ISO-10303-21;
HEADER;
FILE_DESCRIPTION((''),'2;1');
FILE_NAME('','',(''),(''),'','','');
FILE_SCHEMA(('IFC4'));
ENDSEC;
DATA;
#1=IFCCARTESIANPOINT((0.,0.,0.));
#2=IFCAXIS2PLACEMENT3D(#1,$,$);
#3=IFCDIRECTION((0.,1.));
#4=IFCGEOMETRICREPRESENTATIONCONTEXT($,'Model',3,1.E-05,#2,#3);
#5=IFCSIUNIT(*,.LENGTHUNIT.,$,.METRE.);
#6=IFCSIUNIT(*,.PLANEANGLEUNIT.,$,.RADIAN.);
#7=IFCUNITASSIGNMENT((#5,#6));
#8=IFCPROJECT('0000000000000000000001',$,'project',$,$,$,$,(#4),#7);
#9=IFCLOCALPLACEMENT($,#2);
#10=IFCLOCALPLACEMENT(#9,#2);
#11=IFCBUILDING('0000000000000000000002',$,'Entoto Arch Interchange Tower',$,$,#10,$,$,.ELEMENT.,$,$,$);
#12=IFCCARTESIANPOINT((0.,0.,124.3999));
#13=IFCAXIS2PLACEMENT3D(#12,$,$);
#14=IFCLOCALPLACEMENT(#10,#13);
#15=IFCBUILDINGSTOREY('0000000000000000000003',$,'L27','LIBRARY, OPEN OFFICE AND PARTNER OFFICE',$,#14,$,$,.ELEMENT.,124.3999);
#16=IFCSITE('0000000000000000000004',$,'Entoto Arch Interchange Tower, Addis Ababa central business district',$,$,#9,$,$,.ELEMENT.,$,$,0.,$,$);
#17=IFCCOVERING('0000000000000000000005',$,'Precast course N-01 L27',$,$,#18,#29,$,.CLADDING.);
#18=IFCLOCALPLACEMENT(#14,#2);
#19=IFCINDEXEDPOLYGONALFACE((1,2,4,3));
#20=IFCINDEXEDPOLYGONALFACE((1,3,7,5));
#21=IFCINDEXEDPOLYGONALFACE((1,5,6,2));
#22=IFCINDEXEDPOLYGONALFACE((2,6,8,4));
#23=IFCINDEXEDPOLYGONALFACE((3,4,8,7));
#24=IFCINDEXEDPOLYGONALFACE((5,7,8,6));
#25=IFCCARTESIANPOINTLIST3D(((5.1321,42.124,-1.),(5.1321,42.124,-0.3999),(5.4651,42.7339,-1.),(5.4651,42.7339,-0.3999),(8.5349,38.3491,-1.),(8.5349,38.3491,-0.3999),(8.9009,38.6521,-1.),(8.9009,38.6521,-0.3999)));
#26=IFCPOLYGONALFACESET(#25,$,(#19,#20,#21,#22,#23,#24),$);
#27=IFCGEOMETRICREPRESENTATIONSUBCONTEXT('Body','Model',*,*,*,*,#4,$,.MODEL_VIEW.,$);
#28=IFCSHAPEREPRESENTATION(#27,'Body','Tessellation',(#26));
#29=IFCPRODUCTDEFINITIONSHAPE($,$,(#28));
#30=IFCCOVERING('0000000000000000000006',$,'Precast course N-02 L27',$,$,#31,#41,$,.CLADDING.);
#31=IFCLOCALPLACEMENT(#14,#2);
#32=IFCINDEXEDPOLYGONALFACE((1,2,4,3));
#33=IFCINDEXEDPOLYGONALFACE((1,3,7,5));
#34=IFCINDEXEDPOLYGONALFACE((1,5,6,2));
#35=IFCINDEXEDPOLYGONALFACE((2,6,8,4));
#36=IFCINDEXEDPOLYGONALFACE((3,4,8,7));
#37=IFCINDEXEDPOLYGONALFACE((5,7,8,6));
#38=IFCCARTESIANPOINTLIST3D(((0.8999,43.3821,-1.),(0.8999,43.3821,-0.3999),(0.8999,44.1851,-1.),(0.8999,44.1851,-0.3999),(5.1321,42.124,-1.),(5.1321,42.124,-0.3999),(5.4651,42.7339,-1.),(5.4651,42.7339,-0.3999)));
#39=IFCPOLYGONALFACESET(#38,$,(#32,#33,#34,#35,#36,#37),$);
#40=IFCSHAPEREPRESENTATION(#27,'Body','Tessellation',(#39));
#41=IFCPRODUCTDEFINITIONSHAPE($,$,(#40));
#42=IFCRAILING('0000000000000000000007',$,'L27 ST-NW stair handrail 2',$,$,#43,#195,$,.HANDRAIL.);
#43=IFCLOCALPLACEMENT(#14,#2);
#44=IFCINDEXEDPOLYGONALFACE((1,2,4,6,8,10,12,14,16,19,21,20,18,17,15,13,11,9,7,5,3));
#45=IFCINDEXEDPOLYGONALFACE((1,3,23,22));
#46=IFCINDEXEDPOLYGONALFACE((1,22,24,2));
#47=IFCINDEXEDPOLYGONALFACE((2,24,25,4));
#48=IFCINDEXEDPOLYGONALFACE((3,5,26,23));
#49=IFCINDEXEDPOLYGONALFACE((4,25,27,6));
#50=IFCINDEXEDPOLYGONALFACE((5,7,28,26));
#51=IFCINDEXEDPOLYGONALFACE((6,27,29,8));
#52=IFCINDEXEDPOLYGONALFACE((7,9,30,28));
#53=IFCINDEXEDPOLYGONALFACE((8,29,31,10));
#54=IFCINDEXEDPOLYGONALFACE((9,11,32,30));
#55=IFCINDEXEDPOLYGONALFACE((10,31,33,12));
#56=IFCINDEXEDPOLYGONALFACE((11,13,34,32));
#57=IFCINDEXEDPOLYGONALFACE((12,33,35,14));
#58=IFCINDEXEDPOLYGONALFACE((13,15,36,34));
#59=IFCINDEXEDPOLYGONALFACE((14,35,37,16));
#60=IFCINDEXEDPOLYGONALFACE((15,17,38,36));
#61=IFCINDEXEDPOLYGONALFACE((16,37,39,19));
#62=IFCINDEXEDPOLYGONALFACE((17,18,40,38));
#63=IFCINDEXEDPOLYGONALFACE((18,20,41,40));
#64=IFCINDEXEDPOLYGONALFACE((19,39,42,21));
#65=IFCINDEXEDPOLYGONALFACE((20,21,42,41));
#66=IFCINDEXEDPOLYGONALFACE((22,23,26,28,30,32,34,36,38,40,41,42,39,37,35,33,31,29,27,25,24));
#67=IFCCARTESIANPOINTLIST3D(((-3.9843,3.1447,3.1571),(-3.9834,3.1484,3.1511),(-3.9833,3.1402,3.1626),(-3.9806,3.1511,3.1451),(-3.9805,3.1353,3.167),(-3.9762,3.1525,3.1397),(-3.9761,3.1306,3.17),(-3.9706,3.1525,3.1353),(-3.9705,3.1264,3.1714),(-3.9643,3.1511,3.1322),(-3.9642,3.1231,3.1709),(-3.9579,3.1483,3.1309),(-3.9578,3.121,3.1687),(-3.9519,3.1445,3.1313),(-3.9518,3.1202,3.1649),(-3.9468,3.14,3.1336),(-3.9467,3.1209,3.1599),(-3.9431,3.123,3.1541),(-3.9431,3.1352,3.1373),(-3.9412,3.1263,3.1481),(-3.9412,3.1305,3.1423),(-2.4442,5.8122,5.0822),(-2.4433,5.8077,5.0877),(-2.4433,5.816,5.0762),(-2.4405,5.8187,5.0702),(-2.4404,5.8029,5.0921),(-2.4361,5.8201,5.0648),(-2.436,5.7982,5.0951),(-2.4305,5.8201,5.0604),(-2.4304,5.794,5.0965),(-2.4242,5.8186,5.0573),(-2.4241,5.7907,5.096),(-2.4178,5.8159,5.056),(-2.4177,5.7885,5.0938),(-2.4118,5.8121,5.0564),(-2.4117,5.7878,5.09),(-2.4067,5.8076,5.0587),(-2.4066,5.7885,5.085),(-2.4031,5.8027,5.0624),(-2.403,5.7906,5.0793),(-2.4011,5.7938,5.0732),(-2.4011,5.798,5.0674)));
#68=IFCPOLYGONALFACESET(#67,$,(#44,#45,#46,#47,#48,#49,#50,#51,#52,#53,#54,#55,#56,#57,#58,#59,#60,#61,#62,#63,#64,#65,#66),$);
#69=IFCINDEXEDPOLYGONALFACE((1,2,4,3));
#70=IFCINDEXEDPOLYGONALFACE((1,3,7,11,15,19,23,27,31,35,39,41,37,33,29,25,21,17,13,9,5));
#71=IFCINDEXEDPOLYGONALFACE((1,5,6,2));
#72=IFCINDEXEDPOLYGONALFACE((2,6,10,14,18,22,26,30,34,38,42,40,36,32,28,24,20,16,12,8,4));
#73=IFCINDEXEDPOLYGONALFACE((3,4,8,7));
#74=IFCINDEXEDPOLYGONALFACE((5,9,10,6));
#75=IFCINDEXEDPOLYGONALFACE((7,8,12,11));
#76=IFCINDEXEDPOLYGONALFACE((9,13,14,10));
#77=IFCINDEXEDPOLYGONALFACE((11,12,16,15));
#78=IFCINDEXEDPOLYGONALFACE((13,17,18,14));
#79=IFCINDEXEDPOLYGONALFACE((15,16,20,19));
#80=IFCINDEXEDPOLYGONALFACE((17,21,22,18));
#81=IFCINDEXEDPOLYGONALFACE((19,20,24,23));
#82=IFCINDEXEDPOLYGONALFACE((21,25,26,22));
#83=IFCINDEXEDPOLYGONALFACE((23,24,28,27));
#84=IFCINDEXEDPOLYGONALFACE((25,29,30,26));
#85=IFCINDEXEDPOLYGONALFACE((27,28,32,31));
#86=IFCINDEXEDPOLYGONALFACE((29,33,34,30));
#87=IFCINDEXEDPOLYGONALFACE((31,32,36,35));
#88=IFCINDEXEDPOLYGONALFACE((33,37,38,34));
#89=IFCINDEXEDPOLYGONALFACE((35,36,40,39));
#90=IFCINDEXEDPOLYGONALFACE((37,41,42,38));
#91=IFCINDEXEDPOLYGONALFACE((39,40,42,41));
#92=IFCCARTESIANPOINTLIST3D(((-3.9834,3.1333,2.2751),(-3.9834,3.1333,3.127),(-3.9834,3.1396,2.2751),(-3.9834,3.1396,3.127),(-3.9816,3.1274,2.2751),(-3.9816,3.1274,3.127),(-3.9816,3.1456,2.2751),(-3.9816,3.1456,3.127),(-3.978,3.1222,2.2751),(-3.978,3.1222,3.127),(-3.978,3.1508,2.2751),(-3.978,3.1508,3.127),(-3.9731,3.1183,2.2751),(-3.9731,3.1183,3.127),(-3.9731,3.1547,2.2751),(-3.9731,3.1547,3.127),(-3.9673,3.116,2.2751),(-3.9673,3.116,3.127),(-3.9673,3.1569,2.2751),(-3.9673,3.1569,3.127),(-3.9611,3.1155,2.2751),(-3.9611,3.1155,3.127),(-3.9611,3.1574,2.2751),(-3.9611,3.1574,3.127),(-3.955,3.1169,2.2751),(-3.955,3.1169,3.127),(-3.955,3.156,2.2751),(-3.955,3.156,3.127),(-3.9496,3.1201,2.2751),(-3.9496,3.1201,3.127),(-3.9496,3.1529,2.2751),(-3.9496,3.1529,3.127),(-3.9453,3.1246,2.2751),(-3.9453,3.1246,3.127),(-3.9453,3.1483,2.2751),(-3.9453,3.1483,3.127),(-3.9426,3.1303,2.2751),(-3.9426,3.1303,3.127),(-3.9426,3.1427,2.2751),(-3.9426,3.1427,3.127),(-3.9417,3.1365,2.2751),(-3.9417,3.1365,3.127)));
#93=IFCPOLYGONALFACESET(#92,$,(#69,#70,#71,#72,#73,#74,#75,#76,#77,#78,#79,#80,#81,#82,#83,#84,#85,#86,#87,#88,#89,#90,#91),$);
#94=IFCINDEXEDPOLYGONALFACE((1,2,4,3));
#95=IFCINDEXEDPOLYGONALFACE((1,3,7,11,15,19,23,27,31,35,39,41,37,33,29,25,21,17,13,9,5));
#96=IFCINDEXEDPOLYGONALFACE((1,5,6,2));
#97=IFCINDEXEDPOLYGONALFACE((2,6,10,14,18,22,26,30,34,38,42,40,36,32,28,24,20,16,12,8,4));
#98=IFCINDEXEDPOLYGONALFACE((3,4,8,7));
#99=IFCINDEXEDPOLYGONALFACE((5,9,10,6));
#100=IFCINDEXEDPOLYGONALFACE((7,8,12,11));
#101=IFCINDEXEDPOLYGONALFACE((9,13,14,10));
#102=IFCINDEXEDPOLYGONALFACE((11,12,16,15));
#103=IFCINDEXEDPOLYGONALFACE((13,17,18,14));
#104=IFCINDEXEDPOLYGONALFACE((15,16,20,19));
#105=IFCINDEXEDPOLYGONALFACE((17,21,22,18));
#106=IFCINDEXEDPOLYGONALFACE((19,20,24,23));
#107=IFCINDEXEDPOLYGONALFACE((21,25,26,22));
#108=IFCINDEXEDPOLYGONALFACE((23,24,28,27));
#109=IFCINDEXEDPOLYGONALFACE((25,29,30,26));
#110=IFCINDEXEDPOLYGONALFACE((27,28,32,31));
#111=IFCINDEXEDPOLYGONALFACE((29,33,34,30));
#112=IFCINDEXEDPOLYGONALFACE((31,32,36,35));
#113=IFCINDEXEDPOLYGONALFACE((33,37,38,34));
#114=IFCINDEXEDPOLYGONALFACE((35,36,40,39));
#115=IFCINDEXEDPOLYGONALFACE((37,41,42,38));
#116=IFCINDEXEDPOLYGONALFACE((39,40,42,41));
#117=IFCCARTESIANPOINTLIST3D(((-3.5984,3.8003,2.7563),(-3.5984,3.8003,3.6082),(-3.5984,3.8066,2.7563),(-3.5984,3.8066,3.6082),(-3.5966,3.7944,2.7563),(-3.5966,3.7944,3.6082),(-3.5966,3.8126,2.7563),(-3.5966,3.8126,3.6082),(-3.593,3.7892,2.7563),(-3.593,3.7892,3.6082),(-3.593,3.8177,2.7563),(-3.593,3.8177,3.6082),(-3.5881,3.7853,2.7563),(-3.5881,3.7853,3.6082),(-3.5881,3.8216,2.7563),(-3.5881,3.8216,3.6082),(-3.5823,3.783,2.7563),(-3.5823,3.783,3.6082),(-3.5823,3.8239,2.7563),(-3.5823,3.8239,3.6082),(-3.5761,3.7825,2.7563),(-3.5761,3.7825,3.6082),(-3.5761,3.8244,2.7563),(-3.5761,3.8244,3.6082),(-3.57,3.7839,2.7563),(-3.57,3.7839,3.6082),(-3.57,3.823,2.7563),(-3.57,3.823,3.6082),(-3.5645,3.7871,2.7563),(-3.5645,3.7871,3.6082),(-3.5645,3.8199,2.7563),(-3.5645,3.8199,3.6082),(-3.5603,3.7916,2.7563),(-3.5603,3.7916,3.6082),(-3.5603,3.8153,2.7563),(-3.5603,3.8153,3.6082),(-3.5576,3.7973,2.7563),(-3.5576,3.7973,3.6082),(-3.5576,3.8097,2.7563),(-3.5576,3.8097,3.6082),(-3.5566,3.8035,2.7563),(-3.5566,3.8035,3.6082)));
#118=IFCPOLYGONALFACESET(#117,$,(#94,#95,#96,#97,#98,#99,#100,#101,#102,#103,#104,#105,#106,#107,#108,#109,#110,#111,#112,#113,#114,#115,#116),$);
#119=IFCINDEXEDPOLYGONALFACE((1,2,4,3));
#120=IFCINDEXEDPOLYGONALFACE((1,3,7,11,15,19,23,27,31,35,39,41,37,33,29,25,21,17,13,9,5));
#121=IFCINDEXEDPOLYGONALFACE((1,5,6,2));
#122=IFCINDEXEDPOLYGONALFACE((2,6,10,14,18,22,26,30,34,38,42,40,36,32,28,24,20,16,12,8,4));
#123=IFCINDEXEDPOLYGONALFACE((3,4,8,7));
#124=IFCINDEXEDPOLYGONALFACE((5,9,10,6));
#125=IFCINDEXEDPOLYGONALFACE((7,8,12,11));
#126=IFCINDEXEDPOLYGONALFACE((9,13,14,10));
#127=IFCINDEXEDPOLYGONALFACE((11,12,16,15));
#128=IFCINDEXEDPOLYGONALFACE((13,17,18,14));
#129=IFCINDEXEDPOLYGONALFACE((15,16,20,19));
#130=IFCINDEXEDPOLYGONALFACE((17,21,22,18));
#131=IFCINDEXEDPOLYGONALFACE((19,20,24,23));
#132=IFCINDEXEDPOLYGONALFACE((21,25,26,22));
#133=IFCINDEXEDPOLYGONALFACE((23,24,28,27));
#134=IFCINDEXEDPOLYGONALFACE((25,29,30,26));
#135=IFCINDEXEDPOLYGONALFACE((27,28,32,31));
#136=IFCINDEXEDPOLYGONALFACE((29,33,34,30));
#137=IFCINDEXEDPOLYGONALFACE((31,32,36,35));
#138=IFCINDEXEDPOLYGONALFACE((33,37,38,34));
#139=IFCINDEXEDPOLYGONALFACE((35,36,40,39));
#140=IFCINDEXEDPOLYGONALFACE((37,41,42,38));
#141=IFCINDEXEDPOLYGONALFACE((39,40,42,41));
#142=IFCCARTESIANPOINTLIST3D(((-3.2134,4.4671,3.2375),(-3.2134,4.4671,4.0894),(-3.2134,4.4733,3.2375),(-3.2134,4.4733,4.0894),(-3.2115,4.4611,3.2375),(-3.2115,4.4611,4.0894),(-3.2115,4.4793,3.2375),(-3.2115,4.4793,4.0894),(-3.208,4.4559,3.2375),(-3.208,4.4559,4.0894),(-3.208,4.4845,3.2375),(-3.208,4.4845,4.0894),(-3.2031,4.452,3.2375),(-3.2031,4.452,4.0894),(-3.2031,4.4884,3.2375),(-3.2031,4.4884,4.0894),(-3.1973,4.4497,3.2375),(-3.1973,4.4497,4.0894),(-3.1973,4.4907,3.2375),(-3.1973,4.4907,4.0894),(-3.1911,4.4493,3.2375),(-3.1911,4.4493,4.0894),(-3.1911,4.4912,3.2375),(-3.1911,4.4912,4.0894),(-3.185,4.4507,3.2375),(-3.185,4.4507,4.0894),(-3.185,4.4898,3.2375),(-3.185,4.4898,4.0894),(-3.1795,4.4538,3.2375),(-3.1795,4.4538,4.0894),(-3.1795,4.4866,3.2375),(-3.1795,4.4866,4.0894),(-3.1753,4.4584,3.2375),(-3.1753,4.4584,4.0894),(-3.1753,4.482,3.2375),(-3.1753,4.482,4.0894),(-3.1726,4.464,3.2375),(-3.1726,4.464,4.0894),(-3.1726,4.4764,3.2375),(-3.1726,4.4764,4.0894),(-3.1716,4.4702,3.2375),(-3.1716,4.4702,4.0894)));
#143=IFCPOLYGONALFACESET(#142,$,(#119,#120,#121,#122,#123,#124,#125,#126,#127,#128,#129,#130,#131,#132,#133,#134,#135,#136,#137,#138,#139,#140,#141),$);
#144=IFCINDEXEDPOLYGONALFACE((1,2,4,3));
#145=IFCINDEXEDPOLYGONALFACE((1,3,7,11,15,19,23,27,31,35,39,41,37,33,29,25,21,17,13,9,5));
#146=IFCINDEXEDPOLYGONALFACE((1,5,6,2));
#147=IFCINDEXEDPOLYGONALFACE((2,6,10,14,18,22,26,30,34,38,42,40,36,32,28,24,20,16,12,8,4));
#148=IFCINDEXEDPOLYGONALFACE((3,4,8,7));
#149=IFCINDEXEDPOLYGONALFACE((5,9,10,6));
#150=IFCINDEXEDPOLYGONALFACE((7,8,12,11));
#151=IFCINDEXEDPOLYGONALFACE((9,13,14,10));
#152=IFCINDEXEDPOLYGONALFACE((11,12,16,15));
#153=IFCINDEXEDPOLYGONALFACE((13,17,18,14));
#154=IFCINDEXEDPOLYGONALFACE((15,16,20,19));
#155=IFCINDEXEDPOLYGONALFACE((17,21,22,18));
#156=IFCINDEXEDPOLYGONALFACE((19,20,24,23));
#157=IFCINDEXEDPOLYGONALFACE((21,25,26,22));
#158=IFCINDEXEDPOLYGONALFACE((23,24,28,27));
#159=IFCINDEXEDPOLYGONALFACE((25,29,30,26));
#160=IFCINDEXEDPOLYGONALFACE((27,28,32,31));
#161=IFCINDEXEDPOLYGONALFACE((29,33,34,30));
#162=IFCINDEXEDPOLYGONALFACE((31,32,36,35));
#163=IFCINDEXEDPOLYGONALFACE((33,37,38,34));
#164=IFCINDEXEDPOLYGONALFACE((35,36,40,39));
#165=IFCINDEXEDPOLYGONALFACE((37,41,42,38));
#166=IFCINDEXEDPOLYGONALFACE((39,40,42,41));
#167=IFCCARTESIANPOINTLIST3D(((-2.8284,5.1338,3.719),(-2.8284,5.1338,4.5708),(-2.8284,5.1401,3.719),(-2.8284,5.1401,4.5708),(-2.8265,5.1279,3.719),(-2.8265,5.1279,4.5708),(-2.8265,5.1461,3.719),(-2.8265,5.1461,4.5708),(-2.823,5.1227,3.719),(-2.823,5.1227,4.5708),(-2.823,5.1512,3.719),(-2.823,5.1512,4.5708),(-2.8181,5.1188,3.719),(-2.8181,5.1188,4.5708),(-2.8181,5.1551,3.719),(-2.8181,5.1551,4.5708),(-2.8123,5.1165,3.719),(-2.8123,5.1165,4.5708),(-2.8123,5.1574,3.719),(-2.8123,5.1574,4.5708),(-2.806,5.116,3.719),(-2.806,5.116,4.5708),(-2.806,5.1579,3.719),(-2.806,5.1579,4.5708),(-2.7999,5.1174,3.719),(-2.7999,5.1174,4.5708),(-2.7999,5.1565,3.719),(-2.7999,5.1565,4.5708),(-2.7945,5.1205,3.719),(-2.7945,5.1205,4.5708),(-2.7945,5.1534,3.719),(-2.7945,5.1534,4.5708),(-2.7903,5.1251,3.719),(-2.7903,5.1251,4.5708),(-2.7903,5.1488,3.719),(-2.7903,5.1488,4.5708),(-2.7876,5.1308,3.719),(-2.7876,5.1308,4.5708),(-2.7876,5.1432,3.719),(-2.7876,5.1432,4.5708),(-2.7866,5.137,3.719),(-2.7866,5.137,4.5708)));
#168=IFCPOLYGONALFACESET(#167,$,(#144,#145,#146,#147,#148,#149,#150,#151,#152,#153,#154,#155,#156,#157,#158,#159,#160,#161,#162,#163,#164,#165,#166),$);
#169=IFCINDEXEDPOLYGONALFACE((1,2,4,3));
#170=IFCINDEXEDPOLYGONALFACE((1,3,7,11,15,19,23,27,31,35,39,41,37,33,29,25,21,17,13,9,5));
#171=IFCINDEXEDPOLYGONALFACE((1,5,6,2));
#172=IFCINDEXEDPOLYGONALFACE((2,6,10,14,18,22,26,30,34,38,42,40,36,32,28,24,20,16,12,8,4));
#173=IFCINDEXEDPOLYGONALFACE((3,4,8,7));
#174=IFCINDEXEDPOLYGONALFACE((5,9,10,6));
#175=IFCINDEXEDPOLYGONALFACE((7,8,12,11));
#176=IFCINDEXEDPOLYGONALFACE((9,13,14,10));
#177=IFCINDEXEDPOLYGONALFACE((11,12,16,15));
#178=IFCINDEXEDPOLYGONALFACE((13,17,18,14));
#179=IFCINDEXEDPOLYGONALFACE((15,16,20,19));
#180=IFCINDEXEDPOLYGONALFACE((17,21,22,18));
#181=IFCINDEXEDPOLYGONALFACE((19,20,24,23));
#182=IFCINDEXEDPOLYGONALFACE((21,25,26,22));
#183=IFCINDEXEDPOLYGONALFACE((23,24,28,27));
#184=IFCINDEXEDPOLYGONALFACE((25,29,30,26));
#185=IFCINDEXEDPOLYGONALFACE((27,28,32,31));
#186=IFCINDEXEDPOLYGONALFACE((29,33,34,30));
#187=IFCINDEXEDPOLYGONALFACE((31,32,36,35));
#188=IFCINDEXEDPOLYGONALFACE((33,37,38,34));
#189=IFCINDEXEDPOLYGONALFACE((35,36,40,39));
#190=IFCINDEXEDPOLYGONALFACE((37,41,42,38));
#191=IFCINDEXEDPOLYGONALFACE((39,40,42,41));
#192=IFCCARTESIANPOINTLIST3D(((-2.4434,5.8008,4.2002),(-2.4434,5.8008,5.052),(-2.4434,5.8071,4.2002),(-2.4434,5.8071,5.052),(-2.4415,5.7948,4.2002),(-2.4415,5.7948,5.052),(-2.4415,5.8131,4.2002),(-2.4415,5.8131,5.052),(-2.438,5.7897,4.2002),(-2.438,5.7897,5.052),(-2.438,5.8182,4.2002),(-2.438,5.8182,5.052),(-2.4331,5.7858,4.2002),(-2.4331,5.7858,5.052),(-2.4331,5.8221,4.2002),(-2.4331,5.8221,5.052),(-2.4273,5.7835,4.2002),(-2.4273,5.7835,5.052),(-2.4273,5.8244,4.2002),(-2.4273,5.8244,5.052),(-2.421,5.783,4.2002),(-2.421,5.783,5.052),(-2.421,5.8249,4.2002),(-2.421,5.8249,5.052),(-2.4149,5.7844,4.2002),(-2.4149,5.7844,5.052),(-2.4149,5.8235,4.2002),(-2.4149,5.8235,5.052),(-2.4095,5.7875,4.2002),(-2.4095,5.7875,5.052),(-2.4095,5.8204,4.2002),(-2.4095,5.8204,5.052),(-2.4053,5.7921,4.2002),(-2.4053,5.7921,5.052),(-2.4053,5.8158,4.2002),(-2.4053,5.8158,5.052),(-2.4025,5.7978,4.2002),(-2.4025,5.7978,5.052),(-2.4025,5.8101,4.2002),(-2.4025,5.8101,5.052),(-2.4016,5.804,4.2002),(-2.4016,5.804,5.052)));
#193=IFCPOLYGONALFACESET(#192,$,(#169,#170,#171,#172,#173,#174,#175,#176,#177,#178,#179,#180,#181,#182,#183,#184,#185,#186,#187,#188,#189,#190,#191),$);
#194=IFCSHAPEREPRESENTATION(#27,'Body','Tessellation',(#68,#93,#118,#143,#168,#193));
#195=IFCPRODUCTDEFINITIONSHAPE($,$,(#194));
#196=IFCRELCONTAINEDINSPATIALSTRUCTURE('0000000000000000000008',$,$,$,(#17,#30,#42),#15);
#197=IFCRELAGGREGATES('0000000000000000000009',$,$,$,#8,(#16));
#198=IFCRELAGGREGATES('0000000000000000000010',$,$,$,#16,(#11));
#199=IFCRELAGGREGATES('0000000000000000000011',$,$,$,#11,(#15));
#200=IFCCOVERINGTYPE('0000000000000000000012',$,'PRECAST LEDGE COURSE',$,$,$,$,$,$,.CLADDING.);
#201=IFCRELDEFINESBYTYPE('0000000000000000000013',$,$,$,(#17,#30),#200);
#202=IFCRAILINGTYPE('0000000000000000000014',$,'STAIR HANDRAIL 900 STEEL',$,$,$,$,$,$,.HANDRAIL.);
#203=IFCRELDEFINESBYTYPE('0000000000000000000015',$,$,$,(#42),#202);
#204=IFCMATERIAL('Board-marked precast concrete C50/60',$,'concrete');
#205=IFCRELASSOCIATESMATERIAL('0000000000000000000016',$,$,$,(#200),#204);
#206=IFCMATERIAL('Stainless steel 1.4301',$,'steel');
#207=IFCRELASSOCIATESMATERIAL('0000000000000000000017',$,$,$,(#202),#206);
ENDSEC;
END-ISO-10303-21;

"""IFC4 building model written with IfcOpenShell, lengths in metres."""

from ifc_helpers import new_model, si_unit, direction, frame, origin, origin_2d, place, context, subcontext, project, spatial, polyline, circle, outline, extrude, material, type_object, element, save


model = new_model("IFC4")

# Units and contexts
model_context = context("Model", 3, precision=1e-05, world=origin(), true_north=direction((0.0, 1.0)))
body_context = subcontext(model_context, "Body", "Model", "MODEL_VIEW")
ifc_project = project(units=[si_unit("LENGTHUNIT", "METRE"), si_unit("PLANEANGLEUNIT", "RADIAN")], contexts=[model_context])

# Site, building, storey
site_placement = place(None, origin())
site = spatial("IfcSite", under=ifc_project, at=site_placement, Name="Entoto Arch Interchange Tower, Addis Ababa central business district", CompositionType="ELEMENT", RefElevation=0.0)
building_placement = place(site_placement, origin())
building = spatial("IfcBuilding", under=site, at=building_placement, Name="Entoto Arch Interchange Tower", CompositionType="ELEMENT")
storey_placement = place(building_placement, frame((0.0, 0.0, 124.3999)))
storey = spatial("IfcBuildingStorey", under=building, at=storey_placement, Name="L27", Description="LIBRARY, OPEN OFFICE AND PARTNER OFFICE", CompositionType="ELEMENT", Elevation=124.3999)

# Coverings
ifc_material_1 = material(Name="Board-marked precast concrete C50/60", Category="concrete")
covering_type = type_object("IfcCoveringType", Name="PRECAST LEDGE COURSE", PredefinedType="CLADDING", material=ifc_material_1)
covering_1_placement = place(storey_placement, frame((0.0, 0.0, -1.0)))
element("IfcCovering", 1, at=covering_1_placement, inside=storey, type_object=covering_type, Name="Precast course N-01 L27", PredefinedType="CLADDING", context=body_context, shape_type="SweptSolid", body=[
    extrude(outline(polyline([(5.1321, 42.124), (5.4651, 42.7339), (8.9009, 38.6521), (8.5349, 38.3491), (5.1321, 42.124)])), origin(), (0.0, 0.0, 1.0), 0.6001),
])
covering_2_placement = place(storey_placement, frame((0.0, 0.0, -1.0)))
element("IfcCovering", 2, at=covering_2_placement, inside=storey, type_object=covering_type, Name="Precast course N-02 L27", PredefinedType="CLADDING", context=body_context, shape_type="SweptSolid", body=[
    extrude(outline(polyline([(0.8999, 43.3821), (0.8999, 44.1851), (5.4651, 42.7339), (5.1321, 42.124), (0.8999, 43.3821)])), origin(), (0.0, 0.0, 1.0), 0.6001),
])

# Railing
ifc_material_2 = material(Name="Stainless steel 1.4301", Category="steel")
railing_type = type_object("IfcRailingType", Name="STAIR HANDRAIL 900 STEEL", PredefinedType="HANDRAIL", material=ifc_material_2)
railing_placement = place(storey_placement, frame((-3.9626, 3.1365, 2.2751)))
element("IfcRailing", 3, at=railing_placement, inside=storey, type_object=railing_type, Name="L27 ST-NW stair handrail 2", PredefinedType="HANDRAIL", context=body_context, shape_type="SweptSolid", body=[
    extrude(circle(Radius=0.0239, at=origin_2d()), frame((0.0, 0.0, 0.876), z_axis=(0.423994, 0.734395, 0.529993), x_axis=(-0.86603, 0.499992, 0.0)), (0.0, 0.0, 1.0), 3.6323),
    extrude(circle(Radius=0.021, at=origin_2d()), origin(), (0.0, 0.0, 1.0), 0.8518),
    extrude(circle(Radius=0.021, at=origin_2d()), frame((0.385, 0.667, 0.4812)), (0.0, 0.0, 1.0), 0.8518),
    extrude(circle(Radius=0.021, at=origin_2d()), frame((0.77, 1.3337, 0.9624)), (0.0, 0.0, 1.0), 0.8518),
    extrude(circle(Radius=0.021, at=origin_2d()), frame((1.155, 2.0005, 1.4438)), (0.0, 0.0, 1.0), 0.8518),
    extrude(circle(Radius=0.021, at=origin_2d()), frame((1.54, 2.6675, 1.925)), (0.0, 0.0, 1.0), 0.8518),
])

save(model, "model.ifc")
